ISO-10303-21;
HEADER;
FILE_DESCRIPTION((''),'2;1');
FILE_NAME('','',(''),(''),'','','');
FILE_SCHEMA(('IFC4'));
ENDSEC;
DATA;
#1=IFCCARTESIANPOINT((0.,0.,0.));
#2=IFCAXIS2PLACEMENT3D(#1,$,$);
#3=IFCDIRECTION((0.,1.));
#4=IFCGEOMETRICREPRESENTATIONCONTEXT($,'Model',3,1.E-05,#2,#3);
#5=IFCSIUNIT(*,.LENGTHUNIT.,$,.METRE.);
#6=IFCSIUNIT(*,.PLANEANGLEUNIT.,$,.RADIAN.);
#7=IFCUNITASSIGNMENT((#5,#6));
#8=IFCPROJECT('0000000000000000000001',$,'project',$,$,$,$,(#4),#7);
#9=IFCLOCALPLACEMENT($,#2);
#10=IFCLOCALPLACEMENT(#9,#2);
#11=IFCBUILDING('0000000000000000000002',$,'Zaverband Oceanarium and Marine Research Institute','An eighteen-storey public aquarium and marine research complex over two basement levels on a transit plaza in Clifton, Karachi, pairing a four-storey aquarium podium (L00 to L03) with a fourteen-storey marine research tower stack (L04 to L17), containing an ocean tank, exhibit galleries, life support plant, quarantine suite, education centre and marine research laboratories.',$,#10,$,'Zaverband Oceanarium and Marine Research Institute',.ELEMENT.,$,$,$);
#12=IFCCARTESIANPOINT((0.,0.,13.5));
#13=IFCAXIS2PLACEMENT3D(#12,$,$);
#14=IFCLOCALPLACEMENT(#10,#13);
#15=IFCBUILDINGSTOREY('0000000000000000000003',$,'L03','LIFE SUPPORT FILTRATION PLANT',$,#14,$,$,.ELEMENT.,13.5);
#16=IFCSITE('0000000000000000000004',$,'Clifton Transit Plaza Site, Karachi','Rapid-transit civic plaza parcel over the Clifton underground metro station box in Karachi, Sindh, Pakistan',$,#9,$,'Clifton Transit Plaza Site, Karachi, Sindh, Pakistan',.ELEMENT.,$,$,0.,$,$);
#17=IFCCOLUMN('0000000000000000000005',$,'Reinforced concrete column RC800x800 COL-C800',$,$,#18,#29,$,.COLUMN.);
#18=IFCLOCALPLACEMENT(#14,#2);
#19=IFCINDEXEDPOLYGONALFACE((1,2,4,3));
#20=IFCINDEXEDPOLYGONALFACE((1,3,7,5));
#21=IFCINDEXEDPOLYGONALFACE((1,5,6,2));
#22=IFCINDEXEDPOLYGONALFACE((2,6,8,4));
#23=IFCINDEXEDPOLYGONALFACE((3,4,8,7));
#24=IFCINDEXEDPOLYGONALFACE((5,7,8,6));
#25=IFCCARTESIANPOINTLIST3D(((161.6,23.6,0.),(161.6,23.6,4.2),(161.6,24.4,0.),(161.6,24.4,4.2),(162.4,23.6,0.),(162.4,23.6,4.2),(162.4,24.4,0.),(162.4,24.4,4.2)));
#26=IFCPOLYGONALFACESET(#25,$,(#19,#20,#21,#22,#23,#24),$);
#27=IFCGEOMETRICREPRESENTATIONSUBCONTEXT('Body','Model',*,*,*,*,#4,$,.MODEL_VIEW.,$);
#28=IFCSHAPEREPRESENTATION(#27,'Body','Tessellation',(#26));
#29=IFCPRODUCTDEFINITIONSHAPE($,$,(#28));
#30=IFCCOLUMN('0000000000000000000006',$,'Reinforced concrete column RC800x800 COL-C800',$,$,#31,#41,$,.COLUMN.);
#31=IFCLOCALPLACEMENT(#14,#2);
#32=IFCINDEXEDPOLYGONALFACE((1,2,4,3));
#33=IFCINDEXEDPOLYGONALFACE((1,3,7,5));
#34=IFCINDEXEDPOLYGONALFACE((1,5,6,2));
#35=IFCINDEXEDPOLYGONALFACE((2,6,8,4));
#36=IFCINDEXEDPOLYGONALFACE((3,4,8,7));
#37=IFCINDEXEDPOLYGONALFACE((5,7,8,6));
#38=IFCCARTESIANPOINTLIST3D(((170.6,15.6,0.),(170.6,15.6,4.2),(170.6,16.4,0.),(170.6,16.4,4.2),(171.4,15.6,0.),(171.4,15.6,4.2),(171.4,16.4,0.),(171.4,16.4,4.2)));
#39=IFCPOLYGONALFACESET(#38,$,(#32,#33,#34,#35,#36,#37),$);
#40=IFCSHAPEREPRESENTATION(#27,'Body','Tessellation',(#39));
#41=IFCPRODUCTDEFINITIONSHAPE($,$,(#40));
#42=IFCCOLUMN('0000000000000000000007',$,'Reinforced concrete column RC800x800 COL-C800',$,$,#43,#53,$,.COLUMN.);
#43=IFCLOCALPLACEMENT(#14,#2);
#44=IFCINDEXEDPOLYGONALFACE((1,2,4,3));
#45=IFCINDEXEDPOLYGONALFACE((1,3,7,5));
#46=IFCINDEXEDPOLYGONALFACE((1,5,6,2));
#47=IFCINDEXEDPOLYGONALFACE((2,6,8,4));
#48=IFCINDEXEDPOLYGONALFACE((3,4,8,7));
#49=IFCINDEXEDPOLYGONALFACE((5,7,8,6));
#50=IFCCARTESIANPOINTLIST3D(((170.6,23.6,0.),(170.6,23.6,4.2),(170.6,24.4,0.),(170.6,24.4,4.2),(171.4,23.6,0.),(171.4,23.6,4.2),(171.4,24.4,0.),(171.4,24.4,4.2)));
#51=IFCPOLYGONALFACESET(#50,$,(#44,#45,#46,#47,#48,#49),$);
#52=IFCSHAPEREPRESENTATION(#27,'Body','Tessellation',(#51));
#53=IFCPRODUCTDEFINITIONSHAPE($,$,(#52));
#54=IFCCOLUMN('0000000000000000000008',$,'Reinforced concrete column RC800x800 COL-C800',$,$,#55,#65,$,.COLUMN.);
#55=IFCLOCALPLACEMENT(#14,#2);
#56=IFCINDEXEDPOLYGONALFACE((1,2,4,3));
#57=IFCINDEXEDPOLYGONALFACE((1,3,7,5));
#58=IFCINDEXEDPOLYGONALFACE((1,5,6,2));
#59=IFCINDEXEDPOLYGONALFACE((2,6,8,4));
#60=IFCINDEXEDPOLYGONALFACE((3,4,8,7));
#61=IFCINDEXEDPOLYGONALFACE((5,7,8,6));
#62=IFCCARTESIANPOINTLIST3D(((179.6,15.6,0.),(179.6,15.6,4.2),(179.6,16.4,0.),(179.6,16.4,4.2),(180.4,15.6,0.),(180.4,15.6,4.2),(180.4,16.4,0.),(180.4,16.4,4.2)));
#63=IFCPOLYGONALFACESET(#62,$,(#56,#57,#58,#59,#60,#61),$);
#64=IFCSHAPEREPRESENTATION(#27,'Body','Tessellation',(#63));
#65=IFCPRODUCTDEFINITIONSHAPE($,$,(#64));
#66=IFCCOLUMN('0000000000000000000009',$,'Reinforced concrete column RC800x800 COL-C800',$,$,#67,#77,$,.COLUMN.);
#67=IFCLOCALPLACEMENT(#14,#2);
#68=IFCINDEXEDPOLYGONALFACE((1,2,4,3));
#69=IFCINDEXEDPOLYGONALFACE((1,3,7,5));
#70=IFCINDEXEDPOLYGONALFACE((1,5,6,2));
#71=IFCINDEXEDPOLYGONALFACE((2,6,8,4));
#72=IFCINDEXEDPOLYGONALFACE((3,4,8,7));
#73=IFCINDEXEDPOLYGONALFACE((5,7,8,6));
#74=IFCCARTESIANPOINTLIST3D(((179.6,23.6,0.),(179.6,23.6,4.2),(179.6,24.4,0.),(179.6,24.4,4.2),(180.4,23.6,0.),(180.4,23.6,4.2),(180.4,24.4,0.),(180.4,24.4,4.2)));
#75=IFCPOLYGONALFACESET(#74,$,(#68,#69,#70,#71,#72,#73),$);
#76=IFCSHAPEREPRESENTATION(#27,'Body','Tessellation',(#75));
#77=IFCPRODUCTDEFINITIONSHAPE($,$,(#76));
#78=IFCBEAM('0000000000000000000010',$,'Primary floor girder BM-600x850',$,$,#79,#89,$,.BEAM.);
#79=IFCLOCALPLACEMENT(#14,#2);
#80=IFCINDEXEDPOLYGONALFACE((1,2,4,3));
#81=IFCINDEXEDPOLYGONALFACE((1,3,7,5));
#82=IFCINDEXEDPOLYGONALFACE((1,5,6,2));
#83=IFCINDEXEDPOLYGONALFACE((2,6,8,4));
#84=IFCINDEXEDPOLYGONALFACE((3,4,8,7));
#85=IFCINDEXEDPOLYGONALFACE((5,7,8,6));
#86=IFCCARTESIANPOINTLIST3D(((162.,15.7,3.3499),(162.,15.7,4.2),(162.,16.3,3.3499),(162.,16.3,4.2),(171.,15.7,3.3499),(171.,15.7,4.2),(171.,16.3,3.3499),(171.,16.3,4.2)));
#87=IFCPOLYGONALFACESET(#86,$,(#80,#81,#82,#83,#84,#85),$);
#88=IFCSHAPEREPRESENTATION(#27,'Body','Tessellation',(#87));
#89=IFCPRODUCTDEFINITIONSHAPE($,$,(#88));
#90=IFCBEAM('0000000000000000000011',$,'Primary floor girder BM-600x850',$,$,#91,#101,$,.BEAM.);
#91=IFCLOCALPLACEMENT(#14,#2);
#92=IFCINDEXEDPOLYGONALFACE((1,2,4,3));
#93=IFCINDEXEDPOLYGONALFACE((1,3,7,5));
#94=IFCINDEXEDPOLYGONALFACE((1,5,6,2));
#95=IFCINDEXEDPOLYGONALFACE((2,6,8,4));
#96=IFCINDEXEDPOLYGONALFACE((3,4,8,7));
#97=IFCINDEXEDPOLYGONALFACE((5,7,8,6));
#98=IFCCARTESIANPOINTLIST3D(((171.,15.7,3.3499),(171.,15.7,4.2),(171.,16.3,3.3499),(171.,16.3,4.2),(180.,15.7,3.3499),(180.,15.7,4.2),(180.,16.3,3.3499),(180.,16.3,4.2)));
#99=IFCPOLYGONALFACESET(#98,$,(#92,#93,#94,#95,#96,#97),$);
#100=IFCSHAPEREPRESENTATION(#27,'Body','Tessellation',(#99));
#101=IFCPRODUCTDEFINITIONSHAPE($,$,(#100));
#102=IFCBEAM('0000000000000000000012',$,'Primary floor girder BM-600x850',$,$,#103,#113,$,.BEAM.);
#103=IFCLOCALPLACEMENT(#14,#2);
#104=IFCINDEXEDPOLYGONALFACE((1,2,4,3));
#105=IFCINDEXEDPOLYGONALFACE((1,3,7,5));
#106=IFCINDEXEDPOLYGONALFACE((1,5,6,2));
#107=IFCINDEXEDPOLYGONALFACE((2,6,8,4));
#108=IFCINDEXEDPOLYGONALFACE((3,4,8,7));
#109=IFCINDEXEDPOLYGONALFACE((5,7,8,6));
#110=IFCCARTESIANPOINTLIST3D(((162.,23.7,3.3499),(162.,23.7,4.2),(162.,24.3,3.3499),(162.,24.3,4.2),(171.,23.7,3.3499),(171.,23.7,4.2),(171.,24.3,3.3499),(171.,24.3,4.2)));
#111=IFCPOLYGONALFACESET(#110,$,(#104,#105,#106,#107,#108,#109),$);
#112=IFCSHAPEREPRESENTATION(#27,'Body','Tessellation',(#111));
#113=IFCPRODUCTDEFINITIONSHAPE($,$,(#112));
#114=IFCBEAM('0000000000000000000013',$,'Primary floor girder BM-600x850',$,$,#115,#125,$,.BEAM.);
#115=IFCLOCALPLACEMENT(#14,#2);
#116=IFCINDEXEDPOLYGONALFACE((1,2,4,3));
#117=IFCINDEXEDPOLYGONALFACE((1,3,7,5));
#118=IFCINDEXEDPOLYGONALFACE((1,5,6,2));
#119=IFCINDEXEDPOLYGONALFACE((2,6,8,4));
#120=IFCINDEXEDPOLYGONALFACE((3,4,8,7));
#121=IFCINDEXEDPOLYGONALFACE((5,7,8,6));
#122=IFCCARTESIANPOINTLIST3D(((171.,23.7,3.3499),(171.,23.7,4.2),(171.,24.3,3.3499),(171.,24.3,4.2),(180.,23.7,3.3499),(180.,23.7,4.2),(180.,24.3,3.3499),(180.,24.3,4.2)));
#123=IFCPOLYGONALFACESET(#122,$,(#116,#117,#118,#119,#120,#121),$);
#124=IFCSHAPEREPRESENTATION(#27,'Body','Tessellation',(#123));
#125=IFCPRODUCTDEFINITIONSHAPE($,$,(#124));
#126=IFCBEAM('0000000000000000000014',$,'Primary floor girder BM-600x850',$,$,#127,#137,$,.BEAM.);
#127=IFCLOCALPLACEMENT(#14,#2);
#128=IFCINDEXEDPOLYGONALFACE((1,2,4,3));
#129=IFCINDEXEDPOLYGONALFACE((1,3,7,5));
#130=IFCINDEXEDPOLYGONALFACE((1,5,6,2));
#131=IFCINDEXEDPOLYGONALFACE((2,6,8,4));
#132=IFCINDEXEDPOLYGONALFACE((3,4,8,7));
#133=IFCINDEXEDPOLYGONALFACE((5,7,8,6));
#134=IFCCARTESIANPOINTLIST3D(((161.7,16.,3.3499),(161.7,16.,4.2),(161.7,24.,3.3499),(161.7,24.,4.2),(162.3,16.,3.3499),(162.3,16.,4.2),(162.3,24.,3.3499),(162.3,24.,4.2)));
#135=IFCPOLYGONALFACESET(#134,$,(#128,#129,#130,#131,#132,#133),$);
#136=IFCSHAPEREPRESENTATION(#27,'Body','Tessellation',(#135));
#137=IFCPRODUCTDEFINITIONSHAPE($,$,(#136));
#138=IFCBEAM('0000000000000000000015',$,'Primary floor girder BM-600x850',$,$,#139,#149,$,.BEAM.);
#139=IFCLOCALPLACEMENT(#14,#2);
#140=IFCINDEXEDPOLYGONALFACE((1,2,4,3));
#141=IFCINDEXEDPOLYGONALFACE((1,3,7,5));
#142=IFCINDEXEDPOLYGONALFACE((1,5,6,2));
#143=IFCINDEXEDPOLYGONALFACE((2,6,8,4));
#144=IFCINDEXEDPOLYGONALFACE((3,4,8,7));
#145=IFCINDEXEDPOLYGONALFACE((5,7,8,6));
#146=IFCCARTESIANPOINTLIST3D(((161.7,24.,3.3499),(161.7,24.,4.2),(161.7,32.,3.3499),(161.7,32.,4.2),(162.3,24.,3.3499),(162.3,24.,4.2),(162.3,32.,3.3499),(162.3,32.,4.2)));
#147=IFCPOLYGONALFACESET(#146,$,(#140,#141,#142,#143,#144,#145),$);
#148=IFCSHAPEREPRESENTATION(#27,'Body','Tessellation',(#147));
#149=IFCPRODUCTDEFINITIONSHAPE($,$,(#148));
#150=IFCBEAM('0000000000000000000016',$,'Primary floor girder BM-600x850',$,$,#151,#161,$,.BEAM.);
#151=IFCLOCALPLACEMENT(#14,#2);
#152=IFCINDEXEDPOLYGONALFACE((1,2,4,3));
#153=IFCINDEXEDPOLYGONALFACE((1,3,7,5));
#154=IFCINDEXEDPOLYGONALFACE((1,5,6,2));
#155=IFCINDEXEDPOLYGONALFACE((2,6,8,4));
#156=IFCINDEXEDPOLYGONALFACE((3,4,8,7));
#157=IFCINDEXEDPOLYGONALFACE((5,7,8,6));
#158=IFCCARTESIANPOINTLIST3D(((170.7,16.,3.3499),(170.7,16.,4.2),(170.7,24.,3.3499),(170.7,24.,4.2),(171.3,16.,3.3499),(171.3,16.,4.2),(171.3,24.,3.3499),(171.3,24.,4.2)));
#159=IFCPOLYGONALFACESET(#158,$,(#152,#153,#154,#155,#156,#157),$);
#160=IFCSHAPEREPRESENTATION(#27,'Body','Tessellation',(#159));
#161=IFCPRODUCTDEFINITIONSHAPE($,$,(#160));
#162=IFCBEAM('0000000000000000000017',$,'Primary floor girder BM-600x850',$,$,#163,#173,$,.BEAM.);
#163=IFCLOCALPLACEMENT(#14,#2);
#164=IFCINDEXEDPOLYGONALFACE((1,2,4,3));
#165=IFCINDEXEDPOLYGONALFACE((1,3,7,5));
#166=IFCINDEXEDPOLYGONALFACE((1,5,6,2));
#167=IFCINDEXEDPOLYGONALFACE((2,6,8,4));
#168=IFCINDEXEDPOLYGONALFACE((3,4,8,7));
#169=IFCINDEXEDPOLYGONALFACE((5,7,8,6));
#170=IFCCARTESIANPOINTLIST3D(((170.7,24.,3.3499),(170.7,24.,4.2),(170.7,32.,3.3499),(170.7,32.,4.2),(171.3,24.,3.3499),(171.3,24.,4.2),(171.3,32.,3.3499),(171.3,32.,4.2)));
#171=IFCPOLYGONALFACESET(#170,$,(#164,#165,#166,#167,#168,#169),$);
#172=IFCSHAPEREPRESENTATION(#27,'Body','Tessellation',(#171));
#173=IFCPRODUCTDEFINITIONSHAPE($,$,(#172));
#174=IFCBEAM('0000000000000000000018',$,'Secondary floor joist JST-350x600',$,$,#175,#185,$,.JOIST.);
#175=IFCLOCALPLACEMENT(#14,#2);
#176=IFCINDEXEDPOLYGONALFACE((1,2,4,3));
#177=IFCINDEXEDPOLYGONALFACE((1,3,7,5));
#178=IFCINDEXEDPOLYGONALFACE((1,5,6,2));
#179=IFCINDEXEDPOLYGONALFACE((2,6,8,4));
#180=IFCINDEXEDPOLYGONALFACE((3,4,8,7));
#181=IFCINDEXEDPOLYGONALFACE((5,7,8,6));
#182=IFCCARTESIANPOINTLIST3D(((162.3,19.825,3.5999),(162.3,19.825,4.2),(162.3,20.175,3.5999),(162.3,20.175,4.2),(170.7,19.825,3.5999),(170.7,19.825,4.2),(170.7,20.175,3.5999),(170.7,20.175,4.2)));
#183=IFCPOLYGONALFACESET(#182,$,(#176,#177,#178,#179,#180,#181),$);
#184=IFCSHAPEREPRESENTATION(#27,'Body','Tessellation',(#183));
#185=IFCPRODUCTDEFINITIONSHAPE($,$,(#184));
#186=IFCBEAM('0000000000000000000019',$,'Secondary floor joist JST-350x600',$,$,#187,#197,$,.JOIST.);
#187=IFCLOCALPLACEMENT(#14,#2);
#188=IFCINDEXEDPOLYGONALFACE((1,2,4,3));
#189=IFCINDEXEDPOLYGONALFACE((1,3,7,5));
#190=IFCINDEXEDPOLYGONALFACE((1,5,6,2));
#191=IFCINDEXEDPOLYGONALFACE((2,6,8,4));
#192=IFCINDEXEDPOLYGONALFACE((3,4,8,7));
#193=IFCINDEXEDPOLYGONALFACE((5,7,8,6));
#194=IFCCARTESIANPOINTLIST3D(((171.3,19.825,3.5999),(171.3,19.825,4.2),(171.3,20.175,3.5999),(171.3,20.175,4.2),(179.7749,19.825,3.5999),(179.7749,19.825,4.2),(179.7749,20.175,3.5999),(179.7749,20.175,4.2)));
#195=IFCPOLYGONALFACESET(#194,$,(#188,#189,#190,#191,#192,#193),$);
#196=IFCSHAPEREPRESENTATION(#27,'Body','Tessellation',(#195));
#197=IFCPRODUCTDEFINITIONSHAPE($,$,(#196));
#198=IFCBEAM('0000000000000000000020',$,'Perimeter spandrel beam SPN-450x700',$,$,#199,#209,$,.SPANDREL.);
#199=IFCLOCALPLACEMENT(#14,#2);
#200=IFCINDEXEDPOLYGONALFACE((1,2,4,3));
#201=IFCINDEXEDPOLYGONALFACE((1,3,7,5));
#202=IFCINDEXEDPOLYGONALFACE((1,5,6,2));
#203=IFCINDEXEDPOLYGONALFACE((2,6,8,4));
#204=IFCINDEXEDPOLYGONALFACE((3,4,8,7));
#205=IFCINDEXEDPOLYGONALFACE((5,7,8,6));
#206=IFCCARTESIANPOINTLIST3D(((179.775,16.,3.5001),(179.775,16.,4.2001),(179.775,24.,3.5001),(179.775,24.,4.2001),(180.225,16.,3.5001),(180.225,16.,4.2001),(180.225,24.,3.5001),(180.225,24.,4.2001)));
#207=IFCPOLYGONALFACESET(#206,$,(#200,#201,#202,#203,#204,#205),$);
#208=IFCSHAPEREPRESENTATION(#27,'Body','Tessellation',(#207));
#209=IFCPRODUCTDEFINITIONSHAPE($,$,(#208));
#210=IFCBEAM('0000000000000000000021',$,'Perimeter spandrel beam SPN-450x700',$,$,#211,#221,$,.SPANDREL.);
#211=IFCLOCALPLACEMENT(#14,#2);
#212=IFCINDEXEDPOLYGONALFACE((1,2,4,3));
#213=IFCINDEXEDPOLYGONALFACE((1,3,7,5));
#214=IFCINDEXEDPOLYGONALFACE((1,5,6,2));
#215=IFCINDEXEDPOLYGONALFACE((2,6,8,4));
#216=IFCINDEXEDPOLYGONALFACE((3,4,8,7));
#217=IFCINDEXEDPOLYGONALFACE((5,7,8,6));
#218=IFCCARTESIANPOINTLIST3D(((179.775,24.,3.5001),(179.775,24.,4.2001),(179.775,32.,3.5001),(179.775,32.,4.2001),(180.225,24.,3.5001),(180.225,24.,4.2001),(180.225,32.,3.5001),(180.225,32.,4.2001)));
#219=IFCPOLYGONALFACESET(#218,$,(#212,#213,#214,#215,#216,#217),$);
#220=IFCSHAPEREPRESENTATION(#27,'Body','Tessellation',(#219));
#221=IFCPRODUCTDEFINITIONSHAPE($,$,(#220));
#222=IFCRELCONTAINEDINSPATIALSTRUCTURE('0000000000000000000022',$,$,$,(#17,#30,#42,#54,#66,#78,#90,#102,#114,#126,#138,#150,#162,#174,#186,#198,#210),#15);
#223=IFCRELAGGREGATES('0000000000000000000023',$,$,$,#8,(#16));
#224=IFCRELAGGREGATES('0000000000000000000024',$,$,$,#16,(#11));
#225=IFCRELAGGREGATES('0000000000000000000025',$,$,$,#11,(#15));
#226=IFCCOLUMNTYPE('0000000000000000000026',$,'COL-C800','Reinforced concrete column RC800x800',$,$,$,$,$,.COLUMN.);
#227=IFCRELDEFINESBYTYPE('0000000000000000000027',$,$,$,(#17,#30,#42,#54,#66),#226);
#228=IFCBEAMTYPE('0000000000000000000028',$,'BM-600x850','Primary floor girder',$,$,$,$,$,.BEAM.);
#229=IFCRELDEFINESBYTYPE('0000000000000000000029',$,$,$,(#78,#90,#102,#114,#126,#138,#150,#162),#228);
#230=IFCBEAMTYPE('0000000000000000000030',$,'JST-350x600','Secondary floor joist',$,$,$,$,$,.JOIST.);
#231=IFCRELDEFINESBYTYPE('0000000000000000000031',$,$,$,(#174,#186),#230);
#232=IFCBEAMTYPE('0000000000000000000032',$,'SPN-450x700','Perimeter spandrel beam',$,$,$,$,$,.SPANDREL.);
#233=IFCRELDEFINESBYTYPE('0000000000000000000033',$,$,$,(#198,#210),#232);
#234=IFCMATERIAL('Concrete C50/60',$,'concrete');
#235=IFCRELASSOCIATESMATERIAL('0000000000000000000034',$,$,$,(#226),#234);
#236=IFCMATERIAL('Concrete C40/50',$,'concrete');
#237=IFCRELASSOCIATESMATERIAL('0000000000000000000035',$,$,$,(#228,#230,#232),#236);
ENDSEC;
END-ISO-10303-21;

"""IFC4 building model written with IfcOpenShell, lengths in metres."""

from ifc_helpers import new_model, si_unit, direction, frame, origin, origin_2d, place, context, subcontext, project, spatial, rectangle, extrude, material, material_profile, profile_set, type_object, element, save


model = new_model("IFC4")

# Units and contexts
model_context = context("Model", 3, precision=1e-05, world=origin(), true_north=direction((0.0, 1.0)))
body_context = subcontext(model_context, "Body", "Model", "MODEL_VIEW")
ifc_project = project(units=[si_unit("LENGTHUNIT", "METRE"), si_unit("PLANEANGLEUNIT", "RADIAN")], contexts=[model_context])

# Site, building, storey
site_placement = place(None, origin())
site = spatial("IfcSite", under=ifc_project, at=site_placement, Name="Clifton Transit Plaza Site, Karachi", Description="Rapid-transit civic plaza parcel over the Clifton underground metro station box in Karachi, Sindh, Pakistan", LongName="Clifton Transit Plaza Site, Karachi, Sindh, Pakistan", CompositionType="ELEMENT", RefElevation=0.0)
building_placement = place(site_placement, origin())
building = spatial("IfcBuilding", under=site, at=building_placement, Name="Zaverband Oceanarium and Marine Research Institute", Description="An eighteen-storey public aquarium and marine research complex over two basement levels on a transit plaza in Clifton, Karachi, pairing a four-storey aquarium podium (L00 to L03) with a fourteen-storey marine research tower stack (L04 to L17), containing an ocean tank, exhibit galleries, life support plant, quarantine suite, education centre and marine research laboratories.", LongName="Zaverband Oceanarium and Marine Research Institute", CompositionType="ELEMENT")
storey_placement = place(building_placement, frame((0.0, 0.0, 13.5)))
storey = spatial("IfcBuildingStorey", under=building, at=storey_placement, Name="L03", Description="LIFE SUPPORT FILTRATION PLANT", CompositionType="ELEMENT", Elevation=13.5)

# Columns
ifc_material_1 = material(Name="Concrete C50/60", Category="concrete")
ifc_material_profile_1 = material_profile(ifc_material_1, rectangle(XDim=0.8, YDim=0.8, at=origin_2d()), Name="RC800x800")
ifc_profile_set_1 = profile_set([ifc_material_profile_1], Name="Concrete C50/60")
column_type = type_object("IfcColumnType", Name="COL-C800", Description="Reinforced concrete column RC800x800", PredefinedType="COLUMN", material=ifc_profile_set_1)
for number, where, z_axis, x_axis, name in (
    (1, (162.0, 24.0, 0.0), (0.0, 0.0, 1.0), (1.0, 0.0, 0.0), "Reinforced concrete column RC800x800 COL-C800"),
    (2, (171.0, 16.0, 0.0), (0.0, 0.0, 1.0), (1.0, 0.0, 0.0), "Reinforced concrete column RC800x800 COL-C800"),
    (3, (171.0, 24.0, 0.0), (0.0, 0.0, 1.0), (1.0, 0.0, 0.0), "Reinforced concrete column RC800x800 COL-C800"),
    (4, (180.0, 16.0, 0.0), (0.0, 0.0, 1.0), (1.0, 0.0, 0.0), "Reinforced concrete column RC800x800 COL-C800"),
    (5, (180.0, 24.0, 0.0), (0.0, 0.0, 1.0), (1.0, 0.0, 0.0), "Reinforced concrete column RC800x800 COL-C800"),
):
    element("IfcColumn", number, at=place(storey_placement, frame(where, z_axis=z_axis, x_axis=x_axis)), inside=storey, type_object=column_type, Name=name, PredefinedType="COLUMN", context=body_context, shape_type="SweptSolid", body=[
        extrude(rectangle(XDim=0.8, YDim=0.8, at=origin_2d()), origin(), (0.0, 0.0, 1.0), 4.2),
    ])

# Beams
ifc_material_2 = material(Name="Concrete C40/50", Category="concrete")
ifc_material_profile_2 = material_profile(ifc_material_2, rectangle(XDim=0.6001, YDim=0.8501, at=origin_2d()), Name="RC600x850")
ifc_profile_set_2 = profile_set([ifc_material_profile_2], Name="Concrete C40/50")
beam_type_1 = type_object("IfcBeamType", Name="BM-600x850", Description="Primary floor girder", PredefinedType="BEAM", material=ifc_profile_set_2)
for number, where, z_axis, x_axis, name in (
    (6, (162.0, 16.0, 3.7749), (1.0, 0.0, 0.0), (0.0, 1.0, 0.0), "Primary floor girder BM-600x850"),
    (7, (171.0, 16.0, 3.7749), (1.0, 0.0, 0.0), (0.0, 1.0, 0.0), "Primary floor girder BM-600x850"),
    (8, (162.0, 24.0, 3.7749), (1.0, 0.0, 0.0), (0.0, 1.0, 0.0), "Primary floor girder BM-600x850"),
    (9, (171.0, 24.0, 3.7749), (1.0, 0.0, 0.0), (0.0, 1.0, 0.0), "Primary floor girder BM-600x850"),
):
    element("IfcBeam", number, at=place(storey_placement, frame(where, z_axis=z_axis, x_axis=x_axis)), inside=storey, type_object=beam_type_1, Name=name, PredefinedType="BEAM", context=body_context, shape_type="SweptSolid", body=[
        extrude(rectangle(XDim=0.6001, YDim=0.8501, at=origin_2d()), origin(), (0.0, 0.0, 1.0), 9.0),
    ])
for number, where, z_axis, x_axis, name in (
    (10, (162.0, 16.0, 3.7749), (0.0, 1.0, 0.0), (-1.0, 0.0, 0.0), "Primary floor girder BM-600x850"),
    (11, (162.0, 24.0, 3.7749), (0.0, 1.0, 0.0), (-1.0, 0.0, 0.0), "Primary floor girder BM-600x850"),
    (12, (171.0, 16.0, 3.7749), (0.0, 1.0, 0.0), (-1.0, 0.0, 0.0), "Primary floor girder BM-600x850"),
    (13, (171.0, 24.0, 3.7749), (0.0, 1.0, 0.0), (-1.0, 0.0, 0.0), "Primary floor girder BM-600x850"),
):
    element("IfcBeam", number, at=place(storey_placement, frame(where, z_axis=z_axis, x_axis=x_axis)), inside=storey, type_object=beam_type_1, Name=name, PredefinedType="BEAM", context=body_context, shape_type="SweptSolid", body=[
        extrude(rectangle(XDim=0.6001, YDim=0.8501, at=origin_2d()), origin(), (0.0, 0.0, 1.0), 8.0),
    ])
ifc_material_profile_3 = material_profile(ifc_material_2, rectangle(XDim=0.3501, YDim=0.6001, at=origin_2d()), Name="RC350x600")
ifc_profile_set_3 = profile_set([ifc_material_profile_3], Name="Concrete C40/50")
beam_type_2 = type_object("IfcBeamType", Name="JST-350x600", Description="Secondary floor joist", PredefinedType="JOIST", material=ifc_profile_set_3)
beam_1_placement = place(storey_placement, frame((162.3, 20.0, 3.8999), z_axis=(1.0, 0.0, 0.0), x_axis=(0.0, 1.0, 0.0)))
element("IfcBeam", 14, at=beam_1_placement, inside=storey, type_object=beam_type_2, Name="Secondary floor joist JST-350x600", PredefinedType="JOIST", context=body_context, shape_type="SweptSolid", body=[
    extrude(rectangle(XDim=0.3501, YDim=0.6001, at=origin_2d()), origin(), (0.0, 0.0, 1.0), 8.3999),
])
beam_2_placement = place(storey_placement, frame((171.3, 20.0, 3.8999), z_axis=(1.0, 0.0, 0.0), x_axis=(0.0, 1.0, 0.0)))
element("IfcBeam", 15, at=beam_2_placement, inside=storey, type_object=beam_type_2, Name="Secondary floor joist JST-350x600", PredefinedType="JOIST", context=body_context, shape_type="SweptSolid", body=[
    extrude(rectangle(XDim=0.3501, YDim=0.6001, at=origin_2d()), origin(), (0.0, 0.0, 1.0), 8.4749),
])
ifc_material_profile_4 = material_profile(ifc_material_2, rectangle(XDim=0.45, YDim=0.7, at=origin_2d()), Name="RC450x700")
ifc_profile_set_4 = profile_set([ifc_material_profile_4], Name="Concrete C40/50")
beam_type_3 = type_object("IfcBeamType", Name="SPN-450x700", Description="Perimeter spandrel beam", PredefinedType="SPANDREL", material=ifc_profile_set_4)
for number, where, z_axis, x_axis, name in (
    (16, (180.0, 16.0, 3.8501), (0.0, 1.0, 0.0), (-1.0, 0.0, 0.0), "Perimeter spandrel beam SPN-450x700"),
    (17, (180.0, 24.0, 3.8501), (0.0, 1.0, 0.0), (-1.0, 0.0, 0.0), "Perimeter spandrel beam SPN-450x700"),
):
    element("IfcBeam", number, at=place(storey_placement, frame(where, z_axis=z_axis, x_axis=x_axis)), inside=storey, type_object=beam_type_3, Name=name, PredefinedType="SPANDREL", context=body_context, shape_type="SweptSolid", body=[
        extrude(rectangle(XDim=0.45, YDim=0.7, at=origin_2d()), origin(), (0.0, 0.0, 1.0), 8.0),
    ])

save(model, "model.ifc")
